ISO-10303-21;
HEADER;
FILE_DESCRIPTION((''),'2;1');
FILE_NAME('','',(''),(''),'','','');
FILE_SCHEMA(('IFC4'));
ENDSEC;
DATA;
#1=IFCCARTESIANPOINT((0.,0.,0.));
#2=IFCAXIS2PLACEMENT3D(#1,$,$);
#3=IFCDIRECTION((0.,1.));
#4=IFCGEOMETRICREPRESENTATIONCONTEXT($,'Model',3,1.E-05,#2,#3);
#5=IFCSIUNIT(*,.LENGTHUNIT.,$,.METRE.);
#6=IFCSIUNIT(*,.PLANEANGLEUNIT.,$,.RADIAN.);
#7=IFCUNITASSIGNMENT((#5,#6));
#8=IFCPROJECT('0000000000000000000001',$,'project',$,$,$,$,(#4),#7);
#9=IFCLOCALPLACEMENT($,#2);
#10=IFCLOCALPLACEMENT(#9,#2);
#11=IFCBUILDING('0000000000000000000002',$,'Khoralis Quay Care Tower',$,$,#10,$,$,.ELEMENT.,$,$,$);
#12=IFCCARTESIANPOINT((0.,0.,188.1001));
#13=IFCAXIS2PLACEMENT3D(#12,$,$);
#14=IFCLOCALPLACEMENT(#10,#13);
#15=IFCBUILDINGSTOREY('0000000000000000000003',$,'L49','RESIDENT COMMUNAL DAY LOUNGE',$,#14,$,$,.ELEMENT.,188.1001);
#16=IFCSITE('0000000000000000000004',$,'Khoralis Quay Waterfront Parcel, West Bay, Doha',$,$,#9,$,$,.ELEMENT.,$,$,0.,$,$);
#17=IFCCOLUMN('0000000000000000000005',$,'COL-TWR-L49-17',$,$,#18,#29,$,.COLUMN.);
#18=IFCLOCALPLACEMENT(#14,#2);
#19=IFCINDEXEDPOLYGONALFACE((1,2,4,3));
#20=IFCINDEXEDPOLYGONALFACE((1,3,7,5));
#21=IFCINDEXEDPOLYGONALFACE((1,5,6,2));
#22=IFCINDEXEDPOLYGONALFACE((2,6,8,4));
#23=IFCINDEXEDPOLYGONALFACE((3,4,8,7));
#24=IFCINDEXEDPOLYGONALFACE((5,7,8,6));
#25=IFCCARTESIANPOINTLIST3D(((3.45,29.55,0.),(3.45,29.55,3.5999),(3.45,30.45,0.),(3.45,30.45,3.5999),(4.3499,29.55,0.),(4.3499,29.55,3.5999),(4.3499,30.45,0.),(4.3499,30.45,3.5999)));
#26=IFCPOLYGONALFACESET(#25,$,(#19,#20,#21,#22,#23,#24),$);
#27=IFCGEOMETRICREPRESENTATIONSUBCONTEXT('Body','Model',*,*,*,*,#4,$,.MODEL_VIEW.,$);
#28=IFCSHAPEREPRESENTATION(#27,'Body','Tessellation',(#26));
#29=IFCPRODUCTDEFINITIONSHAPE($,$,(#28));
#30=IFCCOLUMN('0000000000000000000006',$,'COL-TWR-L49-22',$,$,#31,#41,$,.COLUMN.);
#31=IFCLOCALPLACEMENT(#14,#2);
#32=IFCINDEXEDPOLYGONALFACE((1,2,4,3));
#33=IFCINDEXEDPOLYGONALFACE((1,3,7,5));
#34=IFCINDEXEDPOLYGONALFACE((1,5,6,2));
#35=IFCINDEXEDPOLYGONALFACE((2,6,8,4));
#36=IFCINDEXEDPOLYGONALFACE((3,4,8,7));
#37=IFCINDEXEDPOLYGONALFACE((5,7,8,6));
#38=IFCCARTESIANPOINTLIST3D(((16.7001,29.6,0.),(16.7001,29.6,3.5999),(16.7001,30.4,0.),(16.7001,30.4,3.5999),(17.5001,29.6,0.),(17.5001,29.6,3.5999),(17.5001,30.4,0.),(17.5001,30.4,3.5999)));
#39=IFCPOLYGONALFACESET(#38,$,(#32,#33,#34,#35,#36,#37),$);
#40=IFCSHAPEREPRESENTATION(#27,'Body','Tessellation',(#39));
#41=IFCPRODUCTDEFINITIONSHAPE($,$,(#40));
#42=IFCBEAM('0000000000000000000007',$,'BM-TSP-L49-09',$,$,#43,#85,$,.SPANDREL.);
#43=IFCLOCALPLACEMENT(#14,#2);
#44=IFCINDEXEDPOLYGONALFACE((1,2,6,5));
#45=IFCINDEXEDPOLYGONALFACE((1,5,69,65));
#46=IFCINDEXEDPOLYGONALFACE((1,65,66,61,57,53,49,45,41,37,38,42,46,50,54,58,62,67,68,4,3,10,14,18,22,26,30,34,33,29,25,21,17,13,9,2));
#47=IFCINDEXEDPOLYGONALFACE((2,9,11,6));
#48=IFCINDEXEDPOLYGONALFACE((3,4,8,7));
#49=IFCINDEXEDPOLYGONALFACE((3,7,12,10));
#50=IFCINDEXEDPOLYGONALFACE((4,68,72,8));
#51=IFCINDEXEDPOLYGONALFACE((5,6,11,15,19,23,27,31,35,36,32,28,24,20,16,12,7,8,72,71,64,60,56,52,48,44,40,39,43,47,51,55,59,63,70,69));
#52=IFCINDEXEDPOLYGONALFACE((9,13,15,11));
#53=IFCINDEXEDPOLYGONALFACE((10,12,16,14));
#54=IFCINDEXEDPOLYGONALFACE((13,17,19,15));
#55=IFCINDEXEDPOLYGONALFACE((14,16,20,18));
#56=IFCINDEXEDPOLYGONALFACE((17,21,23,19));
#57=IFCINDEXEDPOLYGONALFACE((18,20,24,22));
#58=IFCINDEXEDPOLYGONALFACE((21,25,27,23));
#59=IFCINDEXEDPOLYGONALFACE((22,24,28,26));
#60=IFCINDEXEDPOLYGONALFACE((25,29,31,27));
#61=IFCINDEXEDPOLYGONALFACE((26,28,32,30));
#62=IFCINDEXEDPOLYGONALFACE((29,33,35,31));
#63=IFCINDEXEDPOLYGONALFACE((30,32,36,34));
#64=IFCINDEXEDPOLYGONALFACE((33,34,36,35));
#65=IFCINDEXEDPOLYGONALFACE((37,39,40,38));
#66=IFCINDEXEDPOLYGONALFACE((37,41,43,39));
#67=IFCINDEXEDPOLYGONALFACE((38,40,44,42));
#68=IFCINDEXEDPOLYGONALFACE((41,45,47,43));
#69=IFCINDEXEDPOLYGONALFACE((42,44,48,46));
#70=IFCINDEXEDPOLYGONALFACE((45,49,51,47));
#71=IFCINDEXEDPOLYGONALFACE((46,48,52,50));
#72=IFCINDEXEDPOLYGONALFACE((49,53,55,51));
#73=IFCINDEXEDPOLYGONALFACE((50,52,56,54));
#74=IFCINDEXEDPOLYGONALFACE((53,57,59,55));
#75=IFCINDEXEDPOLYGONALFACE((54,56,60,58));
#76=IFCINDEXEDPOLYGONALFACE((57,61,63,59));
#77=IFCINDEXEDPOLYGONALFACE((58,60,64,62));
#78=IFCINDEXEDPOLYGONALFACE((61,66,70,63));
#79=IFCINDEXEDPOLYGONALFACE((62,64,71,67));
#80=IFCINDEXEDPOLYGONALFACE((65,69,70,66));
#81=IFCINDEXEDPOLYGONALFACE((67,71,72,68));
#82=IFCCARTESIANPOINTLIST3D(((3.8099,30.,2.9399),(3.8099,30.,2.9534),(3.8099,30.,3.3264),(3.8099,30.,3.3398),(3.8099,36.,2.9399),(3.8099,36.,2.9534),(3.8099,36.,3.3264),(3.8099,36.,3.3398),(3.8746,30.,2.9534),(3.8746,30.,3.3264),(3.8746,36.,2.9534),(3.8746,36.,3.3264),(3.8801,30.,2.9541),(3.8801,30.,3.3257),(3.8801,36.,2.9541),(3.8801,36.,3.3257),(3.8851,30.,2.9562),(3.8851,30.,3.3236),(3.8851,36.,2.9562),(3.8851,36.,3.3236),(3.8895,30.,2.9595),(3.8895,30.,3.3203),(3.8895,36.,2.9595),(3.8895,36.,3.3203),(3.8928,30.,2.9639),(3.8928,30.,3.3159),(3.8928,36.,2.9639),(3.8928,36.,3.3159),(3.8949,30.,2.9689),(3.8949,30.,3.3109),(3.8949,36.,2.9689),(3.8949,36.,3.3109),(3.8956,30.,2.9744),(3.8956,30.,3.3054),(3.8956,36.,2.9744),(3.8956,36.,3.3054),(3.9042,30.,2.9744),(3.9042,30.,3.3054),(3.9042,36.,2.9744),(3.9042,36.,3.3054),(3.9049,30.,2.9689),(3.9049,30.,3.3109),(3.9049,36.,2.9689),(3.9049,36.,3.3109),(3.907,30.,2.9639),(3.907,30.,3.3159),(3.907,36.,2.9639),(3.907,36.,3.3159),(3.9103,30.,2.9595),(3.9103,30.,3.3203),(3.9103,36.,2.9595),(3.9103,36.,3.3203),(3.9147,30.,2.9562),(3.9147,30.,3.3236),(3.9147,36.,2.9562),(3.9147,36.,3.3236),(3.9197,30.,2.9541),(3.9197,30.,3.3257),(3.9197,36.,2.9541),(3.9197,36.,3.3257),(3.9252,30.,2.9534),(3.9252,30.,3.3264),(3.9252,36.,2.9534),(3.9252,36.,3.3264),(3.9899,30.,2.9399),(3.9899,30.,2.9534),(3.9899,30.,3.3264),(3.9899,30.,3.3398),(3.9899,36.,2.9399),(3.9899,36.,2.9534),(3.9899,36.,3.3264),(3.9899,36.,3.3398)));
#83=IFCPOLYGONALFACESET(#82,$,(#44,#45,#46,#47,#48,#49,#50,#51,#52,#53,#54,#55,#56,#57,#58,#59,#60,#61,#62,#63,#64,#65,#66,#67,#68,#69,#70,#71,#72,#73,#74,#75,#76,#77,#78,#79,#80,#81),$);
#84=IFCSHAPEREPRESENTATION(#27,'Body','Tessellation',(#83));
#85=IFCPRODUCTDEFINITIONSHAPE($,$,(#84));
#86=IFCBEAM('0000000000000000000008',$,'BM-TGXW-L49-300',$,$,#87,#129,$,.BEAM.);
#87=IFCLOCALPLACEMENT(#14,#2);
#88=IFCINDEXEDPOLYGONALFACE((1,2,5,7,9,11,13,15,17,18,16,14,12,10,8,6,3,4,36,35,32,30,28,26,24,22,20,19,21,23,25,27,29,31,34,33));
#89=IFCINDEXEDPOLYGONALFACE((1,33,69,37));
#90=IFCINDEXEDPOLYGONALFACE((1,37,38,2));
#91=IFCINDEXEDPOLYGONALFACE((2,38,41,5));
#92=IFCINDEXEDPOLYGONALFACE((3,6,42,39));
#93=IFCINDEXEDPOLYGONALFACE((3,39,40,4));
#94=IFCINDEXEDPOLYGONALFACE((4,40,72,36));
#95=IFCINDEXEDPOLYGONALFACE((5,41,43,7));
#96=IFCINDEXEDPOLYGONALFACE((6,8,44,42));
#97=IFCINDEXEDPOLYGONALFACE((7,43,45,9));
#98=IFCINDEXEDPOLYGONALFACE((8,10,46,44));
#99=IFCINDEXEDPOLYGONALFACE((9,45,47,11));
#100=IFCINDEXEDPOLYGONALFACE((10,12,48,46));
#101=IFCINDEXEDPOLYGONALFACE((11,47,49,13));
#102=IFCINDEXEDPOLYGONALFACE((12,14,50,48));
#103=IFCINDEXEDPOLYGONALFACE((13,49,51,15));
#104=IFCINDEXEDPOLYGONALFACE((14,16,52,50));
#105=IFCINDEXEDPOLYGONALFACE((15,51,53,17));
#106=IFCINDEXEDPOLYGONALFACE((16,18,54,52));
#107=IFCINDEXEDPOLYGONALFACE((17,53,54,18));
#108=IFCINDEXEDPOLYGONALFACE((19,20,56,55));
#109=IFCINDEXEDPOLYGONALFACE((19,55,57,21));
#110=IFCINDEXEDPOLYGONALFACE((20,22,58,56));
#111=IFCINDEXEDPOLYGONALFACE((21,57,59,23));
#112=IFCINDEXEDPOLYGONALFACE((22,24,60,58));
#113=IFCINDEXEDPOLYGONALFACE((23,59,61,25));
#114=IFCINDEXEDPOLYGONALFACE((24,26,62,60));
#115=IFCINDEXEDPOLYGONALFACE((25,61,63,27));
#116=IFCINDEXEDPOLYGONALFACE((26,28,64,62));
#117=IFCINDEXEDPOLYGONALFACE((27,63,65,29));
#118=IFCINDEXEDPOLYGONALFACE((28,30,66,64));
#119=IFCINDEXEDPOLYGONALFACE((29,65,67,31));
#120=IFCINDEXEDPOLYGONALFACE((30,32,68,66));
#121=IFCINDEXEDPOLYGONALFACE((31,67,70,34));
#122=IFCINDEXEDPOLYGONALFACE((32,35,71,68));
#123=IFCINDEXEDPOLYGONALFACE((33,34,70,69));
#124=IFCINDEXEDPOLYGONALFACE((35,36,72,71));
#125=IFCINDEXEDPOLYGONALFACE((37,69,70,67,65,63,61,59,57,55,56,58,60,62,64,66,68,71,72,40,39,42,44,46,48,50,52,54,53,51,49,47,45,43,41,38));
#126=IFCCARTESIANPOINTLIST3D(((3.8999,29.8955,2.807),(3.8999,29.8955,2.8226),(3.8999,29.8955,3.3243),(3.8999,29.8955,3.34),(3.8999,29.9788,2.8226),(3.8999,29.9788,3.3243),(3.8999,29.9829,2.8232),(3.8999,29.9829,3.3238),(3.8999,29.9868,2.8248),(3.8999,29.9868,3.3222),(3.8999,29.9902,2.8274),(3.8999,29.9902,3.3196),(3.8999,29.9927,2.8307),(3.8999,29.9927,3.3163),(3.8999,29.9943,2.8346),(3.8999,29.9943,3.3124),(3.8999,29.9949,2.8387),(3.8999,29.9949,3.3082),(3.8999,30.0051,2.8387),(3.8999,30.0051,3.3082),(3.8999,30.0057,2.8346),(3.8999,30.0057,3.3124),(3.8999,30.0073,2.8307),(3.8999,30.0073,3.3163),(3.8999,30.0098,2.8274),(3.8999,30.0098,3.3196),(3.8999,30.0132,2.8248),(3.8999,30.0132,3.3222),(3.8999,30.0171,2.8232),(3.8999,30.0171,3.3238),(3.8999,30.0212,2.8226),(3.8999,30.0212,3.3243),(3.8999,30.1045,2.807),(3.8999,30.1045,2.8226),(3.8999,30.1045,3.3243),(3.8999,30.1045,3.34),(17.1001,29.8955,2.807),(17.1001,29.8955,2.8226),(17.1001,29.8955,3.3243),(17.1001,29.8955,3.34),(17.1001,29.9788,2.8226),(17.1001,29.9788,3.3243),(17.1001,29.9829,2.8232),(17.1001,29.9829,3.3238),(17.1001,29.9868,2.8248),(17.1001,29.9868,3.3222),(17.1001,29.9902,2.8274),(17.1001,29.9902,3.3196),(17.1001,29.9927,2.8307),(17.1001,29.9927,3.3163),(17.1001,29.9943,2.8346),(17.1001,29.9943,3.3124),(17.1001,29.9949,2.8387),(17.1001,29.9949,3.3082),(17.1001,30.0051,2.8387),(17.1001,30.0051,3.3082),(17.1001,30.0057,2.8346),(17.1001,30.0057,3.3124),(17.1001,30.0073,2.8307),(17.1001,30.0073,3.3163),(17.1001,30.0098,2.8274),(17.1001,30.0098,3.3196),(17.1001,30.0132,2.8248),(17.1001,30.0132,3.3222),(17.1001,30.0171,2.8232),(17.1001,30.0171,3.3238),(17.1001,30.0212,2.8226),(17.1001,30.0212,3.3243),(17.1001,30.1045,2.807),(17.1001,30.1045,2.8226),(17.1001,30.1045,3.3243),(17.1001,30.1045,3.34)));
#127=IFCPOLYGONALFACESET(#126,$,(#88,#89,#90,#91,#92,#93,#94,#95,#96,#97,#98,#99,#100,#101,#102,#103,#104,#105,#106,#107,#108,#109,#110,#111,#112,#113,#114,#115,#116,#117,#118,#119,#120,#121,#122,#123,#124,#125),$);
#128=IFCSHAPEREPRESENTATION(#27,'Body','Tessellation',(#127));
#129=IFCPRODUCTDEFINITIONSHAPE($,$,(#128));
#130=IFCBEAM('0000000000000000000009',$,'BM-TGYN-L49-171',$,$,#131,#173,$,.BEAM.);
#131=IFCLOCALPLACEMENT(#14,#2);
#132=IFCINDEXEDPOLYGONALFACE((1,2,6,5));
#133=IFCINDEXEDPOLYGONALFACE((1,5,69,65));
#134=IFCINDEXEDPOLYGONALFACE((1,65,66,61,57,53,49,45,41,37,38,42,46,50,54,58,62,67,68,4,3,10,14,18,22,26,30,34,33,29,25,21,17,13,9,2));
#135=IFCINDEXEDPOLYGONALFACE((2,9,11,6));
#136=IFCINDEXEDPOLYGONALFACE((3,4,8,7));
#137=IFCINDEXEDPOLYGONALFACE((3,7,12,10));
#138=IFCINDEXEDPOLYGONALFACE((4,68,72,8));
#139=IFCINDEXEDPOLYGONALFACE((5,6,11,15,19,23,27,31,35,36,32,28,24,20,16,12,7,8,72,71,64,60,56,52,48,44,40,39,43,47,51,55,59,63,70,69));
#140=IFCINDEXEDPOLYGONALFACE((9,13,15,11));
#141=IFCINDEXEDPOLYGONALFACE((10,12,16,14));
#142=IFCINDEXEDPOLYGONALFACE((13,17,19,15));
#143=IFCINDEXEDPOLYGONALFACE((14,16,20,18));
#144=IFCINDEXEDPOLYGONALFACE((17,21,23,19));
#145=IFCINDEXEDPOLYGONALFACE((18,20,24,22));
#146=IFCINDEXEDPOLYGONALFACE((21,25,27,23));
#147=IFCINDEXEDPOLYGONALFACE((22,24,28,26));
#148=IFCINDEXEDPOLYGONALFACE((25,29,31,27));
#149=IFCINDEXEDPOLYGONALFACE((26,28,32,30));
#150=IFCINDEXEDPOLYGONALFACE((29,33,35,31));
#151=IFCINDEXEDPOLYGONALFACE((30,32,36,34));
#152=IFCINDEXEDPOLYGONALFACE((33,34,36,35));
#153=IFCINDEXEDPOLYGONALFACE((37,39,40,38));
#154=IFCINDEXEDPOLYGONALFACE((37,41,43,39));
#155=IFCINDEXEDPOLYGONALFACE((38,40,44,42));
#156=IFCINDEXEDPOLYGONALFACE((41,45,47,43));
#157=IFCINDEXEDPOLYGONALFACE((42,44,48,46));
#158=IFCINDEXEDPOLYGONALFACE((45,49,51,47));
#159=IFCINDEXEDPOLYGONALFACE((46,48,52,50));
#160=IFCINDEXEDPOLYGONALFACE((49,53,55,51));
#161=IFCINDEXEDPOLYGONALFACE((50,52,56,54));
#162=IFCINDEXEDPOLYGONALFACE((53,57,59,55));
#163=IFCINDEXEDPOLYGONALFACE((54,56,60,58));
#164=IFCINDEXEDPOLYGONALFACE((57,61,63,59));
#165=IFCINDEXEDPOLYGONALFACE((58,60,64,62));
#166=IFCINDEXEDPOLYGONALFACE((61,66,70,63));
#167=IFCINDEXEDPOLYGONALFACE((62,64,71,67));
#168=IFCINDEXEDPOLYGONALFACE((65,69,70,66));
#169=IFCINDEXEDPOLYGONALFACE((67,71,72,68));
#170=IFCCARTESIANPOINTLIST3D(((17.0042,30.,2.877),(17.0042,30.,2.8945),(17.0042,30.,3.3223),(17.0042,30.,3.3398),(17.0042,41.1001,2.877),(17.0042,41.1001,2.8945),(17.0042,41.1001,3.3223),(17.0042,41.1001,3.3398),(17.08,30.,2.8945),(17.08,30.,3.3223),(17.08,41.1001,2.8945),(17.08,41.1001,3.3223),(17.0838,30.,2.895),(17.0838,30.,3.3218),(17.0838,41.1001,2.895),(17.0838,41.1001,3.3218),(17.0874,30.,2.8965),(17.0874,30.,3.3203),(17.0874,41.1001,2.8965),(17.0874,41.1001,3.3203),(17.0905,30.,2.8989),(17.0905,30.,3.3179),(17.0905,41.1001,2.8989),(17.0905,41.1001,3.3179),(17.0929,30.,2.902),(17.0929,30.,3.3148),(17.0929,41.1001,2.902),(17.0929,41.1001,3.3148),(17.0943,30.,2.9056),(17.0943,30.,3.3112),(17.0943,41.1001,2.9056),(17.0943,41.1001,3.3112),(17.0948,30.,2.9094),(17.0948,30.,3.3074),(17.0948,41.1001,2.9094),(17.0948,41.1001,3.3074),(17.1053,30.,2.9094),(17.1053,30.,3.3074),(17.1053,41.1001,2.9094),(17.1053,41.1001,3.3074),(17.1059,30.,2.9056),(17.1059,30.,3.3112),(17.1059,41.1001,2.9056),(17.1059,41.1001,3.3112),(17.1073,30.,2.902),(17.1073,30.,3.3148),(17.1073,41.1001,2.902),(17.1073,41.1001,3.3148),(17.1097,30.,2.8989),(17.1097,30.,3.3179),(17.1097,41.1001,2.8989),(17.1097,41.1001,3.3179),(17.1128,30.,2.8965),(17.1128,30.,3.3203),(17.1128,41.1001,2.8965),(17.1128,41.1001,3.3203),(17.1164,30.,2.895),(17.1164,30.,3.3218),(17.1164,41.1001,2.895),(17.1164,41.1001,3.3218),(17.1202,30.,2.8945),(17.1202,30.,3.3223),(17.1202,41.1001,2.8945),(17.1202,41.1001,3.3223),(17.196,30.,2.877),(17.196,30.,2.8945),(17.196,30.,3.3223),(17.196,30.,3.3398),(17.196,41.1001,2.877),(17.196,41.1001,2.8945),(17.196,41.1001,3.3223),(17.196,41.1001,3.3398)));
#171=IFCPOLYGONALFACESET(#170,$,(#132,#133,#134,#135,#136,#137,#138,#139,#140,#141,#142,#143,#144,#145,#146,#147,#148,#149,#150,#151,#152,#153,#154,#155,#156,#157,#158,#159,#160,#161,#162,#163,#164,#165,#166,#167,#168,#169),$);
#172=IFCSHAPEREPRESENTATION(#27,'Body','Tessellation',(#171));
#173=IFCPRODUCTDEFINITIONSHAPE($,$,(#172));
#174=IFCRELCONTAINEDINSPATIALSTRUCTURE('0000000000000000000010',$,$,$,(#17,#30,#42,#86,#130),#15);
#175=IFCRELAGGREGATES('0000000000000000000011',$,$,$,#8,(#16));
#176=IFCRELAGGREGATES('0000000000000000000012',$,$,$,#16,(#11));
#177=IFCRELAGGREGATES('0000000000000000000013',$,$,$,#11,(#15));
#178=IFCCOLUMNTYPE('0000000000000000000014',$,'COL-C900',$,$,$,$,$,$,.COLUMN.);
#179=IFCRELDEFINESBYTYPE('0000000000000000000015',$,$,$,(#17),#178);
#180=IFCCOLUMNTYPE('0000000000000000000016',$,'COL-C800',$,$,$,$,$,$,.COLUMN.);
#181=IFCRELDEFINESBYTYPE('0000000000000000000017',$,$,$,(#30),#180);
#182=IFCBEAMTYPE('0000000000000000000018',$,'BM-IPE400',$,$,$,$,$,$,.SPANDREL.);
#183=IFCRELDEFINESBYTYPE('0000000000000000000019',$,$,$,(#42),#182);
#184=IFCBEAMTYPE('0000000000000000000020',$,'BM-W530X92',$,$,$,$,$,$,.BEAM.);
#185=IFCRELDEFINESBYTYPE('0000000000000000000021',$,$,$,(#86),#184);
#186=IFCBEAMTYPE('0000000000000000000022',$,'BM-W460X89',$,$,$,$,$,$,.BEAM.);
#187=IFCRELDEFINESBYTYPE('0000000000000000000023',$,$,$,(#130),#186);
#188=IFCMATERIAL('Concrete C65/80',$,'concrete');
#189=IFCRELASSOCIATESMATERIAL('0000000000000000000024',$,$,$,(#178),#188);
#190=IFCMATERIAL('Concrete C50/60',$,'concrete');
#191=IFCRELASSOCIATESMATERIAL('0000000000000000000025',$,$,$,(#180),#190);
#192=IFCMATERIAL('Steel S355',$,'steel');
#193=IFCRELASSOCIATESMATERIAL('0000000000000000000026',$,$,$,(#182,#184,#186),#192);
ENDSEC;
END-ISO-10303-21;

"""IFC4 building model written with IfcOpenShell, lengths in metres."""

from ifc_helpers import new_model, si_unit, direction, frame, origin, origin_2d, place, context, subcontext, project, spatial, rectangle, i_section, extrude, source, transform, mapped, material, material_profile, profile_set, type_object, element, save


model = new_model("IFC4")

# Units and contexts
model_context = context("Model", 3, precision=1e-05, world=origin(), true_north=direction((0.0, 1.0)))
body_context = subcontext(model_context, "Body", "Model", "MODEL_VIEW")
ifc_project = project(units=[si_unit("LENGTHUNIT", "METRE"), si_unit("PLANEANGLEUNIT", "RADIAN")], contexts=[model_context])

# Site, building, storey
site_placement = place(None, origin())
site = spatial("IfcSite", under=ifc_project, at=site_placement, Name="Khoralis Quay Waterfront Parcel, West Bay, Doha", CompositionType="ELEMENT", RefElevation=0.0)
building_placement = place(site_placement, origin())
building = spatial("IfcBuilding", under=site, at=building_placement, Name="Khoralis Quay Care Tower", CompositionType="ELEMENT")
storey_placement = place(building_placement, frame((0.0, 0.0, 188.1001)))
storey = spatial("IfcBuildingStorey", under=building, at=storey_placement, Name="L49", Description="RESIDENT COMMUNAL DAY LOUNGE", CompositionType="ELEMENT", Elevation=188.1001)

# Columns
ifc_material_1 = material(Name="Concrete C65/80", Category="concrete")
ifc_material_profile_1 = material_profile(ifc_material_1, rectangle(XDim=0.8999, YDim=0.8999, at=origin_2d()), Name="Concrete C65/80")
ifc_profile_set_1 = profile_set([ifc_material_profile_1], Name="Concrete C65/80")
column_type_1 = type_object("IfcColumnType", Name="COL-C900", PredefinedType="COLUMN", material=ifc_profile_set_1)
shared_shape_1 = source(origin(), body_context, "Body", "SweptSolid", [
    extrude(rectangle(XDim=0.8999, YDim=0.8999, at=origin_2d()), origin(), (0.0, 0.0, 1.0), 3.5999),
])
column_1_placement = place(storey_placement, frame((3.8999, 30.0, 0.0), z_axis=(0.0, 0.0, 1.0), x_axis=(1.0, 0.0, 0.0)))
element("IfcColumn", 1, at=column_1_placement, inside=storey, type_object=column_type_1, Name="COL-TWR-L49-17", PredefinedType="COLUMN", context=body_context, shape_type="MappedRepresentation", body=[
    mapped(shared_shape_1, transform((0.0, 0.0, 0.0), scale=1.0)),
])
ifc_material_2 = material(Name="Concrete C50/60", Category="concrete")
ifc_material_profile_2 = material_profile(ifc_material_2, rectangle(XDim=0.8, YDim=0.8, at=origin_2d()), Name="Concrete C50/60")
ifc_profile_set_2 = profile_set([ifc_material_profile_2], Name="Concrete C50/60")
column_type_2 = type_object("IfcColumnType", Name="COL-C800", PredefinedType="COLUMN", material=ifc_profile_set_2)
shared_shape_2 = source(origin(), body_context, "Body", "SweptSolid", [
    extrude(rectangle(XDim=0.8, YDim=0.8, at=origin_2d()), origin(), (0.0, 0.0, 1.0), 3.5999),
])
column_2_placement = place(storey_placement, frame((17.1001, 30.0, 0.0), z_axis=(0.0, 0.0, 1.0), x_axis=(1.0, 0.0, 0.0)))
element("IfcColumn", 2, at=column_2_placement, inside=storey, type_object=column_type_2, Name="COL-TWR-L49-22", PredefinedType="COLUMN", context=body_context, shape_type="MappedRepresentation", body=[
    mapped(shared_shape_2, transform((0.0, 0.0, 0.0), scale=1.0)),
])

# Beams
ifc_material_3 = material(Name="Steel S355", Category="steel")
ifc_material_profile_3 = material_profile(ifc_material_3, i_section(OverallWidth=0.1799, OverallDepth=0.3999, WebThickness=0.0085, FlangeThickness=0.0134, FilletRadius=0.021, at=origin_2d()), Name="Steel S355")
ifc_profile_set_3 = profile_set([ifc_material_profile_3], Name="Steel S355")
beam_type_1 = type_object("IfcBeamType", Name="BM-IPE400", PredefinedType="SPANDREL", material=ifc_profile_set_3)
shared_shape_3 = source(origin(), body_context, "Body", "SweptSolid", [
    extrude(i_section(OverallWidth=0.1799, OverallDepth=0.3999, WebThickness=0.0085, FlangeThickness=0.0134, FilletRadius=0.021, at=origin_2d()), origin(), (0.0, 0.0, 1.0), 6.0),
])
beam_1_placement = place(storey_placement, frame((3.8999, 30.0, 3.1399), z_axis=(0.0, 1.0, 0.0), x_axis=(-1.0, 0.0, 0.0)))
element("IfcBeam", 3, at=beam_1_placement, inside=storey, type_object=beam_type_1, Name="BM-TSP-L49-09", PredefinedType="SPANDREL", context=body_context, shape_type="MappedRepresentation", body=[
    mapped(shared_shape_3, transform((0.0, 0.0, 0.0), scale=1.0)),
])
ifc_material_profile_4 = material_profile(ifc_material_3, i_section(OverallWidth=0.209, OverallDepth=0.533, WebThickness=0.0103, FlangeThickness=0.0156, FilletRadius=0.0161, at=origin_2d()), Name="Steel S355")
ifc_profile_set_4 = profile_set([ifc_material_profile_4], Name="Steel S355")
beam_type_2 = type_object("IfcBeamType", Name="BM-W530X92", PredefinedType="BEAM", material=ifc_profile_set_4)
shared_shape_4 = source(origin(), body_context, "Body", "SweptSolid", [
    extrude(i_section(OverallWidth=0.209, OverallDepth=0.533, WebThickness=0.0103, FlangeThickness=0.0156, FilletRadius=0.0161, at=origin_2d()), origin(), (0.0, 0.0, 1.0), 13.2002),
])
beam_2_placement = place(storey_placement, frame((3.8999, 30.0, 3.0735), z_axis=(1.0, 0.0, 0.0), x_axis=(0.0, 1.0, 0.0)))
element("IfcBeam", 4, at=beam_2_placement, inside=storey, type_object=beam_type_2, Name="BM-TGXW-L49-300", PredefinedType="BEAM", context=body_context, shape_type="MappedRepresentation", body=[
    mapped(shared_shape_4, transform((0.0, 0.0, 0.0), scale=1.0)),
])
ifc_material_profile_5 = material_profile(ifc_material_3, i_section(OverallWidth=0.1919, OverallDepth=0.4629, WebThickness=0.0105, FlangeThickness=0.0176, FilletRadius=0.0149, at=origin_2d()), Name="Steel S355")
ifc_profile_set_5 = profile_set([ifc_material_profile_5], Name="Steel S355")
beam_type_3 = type_object("IfcBeamType", Name="BM-W460X89", PredefinedType="BEAM", material=ifc_profile_set_5)
shared_shape_5 = source(origin(), body_context, "Body", "SweptSolid", [
    extrude(i_section(OverallWidth=0.1919, OverallDepth=0.4629, WebThickness=0.0105, FlangeThickness=0.0176, FilletRadius=0.0149, at=origin_2d()), origin(), (0.0, 0.0, 1.0), 11.1001),
])
beam_3_placement = place(storey_placement, frame((17.1001, 30.0, 3.1084), z_axis=(0.0, 1.0, 0.0), x_axis=(-1.0, 0.0, 0.0)))
element("IfcBeam", 5, at=beam_3_placement, inside=storey, type_object=beam_type_3, Name="BM-TGYN-L49-171", PredefinedType="BEAM", context=body_context, shape_type="MappedRepresentation", body=[
    mapped(shared_shape_5, transform((0.0, 0.0, 0.0), scale=1.0)),
])

save(model, "model.ifc")
